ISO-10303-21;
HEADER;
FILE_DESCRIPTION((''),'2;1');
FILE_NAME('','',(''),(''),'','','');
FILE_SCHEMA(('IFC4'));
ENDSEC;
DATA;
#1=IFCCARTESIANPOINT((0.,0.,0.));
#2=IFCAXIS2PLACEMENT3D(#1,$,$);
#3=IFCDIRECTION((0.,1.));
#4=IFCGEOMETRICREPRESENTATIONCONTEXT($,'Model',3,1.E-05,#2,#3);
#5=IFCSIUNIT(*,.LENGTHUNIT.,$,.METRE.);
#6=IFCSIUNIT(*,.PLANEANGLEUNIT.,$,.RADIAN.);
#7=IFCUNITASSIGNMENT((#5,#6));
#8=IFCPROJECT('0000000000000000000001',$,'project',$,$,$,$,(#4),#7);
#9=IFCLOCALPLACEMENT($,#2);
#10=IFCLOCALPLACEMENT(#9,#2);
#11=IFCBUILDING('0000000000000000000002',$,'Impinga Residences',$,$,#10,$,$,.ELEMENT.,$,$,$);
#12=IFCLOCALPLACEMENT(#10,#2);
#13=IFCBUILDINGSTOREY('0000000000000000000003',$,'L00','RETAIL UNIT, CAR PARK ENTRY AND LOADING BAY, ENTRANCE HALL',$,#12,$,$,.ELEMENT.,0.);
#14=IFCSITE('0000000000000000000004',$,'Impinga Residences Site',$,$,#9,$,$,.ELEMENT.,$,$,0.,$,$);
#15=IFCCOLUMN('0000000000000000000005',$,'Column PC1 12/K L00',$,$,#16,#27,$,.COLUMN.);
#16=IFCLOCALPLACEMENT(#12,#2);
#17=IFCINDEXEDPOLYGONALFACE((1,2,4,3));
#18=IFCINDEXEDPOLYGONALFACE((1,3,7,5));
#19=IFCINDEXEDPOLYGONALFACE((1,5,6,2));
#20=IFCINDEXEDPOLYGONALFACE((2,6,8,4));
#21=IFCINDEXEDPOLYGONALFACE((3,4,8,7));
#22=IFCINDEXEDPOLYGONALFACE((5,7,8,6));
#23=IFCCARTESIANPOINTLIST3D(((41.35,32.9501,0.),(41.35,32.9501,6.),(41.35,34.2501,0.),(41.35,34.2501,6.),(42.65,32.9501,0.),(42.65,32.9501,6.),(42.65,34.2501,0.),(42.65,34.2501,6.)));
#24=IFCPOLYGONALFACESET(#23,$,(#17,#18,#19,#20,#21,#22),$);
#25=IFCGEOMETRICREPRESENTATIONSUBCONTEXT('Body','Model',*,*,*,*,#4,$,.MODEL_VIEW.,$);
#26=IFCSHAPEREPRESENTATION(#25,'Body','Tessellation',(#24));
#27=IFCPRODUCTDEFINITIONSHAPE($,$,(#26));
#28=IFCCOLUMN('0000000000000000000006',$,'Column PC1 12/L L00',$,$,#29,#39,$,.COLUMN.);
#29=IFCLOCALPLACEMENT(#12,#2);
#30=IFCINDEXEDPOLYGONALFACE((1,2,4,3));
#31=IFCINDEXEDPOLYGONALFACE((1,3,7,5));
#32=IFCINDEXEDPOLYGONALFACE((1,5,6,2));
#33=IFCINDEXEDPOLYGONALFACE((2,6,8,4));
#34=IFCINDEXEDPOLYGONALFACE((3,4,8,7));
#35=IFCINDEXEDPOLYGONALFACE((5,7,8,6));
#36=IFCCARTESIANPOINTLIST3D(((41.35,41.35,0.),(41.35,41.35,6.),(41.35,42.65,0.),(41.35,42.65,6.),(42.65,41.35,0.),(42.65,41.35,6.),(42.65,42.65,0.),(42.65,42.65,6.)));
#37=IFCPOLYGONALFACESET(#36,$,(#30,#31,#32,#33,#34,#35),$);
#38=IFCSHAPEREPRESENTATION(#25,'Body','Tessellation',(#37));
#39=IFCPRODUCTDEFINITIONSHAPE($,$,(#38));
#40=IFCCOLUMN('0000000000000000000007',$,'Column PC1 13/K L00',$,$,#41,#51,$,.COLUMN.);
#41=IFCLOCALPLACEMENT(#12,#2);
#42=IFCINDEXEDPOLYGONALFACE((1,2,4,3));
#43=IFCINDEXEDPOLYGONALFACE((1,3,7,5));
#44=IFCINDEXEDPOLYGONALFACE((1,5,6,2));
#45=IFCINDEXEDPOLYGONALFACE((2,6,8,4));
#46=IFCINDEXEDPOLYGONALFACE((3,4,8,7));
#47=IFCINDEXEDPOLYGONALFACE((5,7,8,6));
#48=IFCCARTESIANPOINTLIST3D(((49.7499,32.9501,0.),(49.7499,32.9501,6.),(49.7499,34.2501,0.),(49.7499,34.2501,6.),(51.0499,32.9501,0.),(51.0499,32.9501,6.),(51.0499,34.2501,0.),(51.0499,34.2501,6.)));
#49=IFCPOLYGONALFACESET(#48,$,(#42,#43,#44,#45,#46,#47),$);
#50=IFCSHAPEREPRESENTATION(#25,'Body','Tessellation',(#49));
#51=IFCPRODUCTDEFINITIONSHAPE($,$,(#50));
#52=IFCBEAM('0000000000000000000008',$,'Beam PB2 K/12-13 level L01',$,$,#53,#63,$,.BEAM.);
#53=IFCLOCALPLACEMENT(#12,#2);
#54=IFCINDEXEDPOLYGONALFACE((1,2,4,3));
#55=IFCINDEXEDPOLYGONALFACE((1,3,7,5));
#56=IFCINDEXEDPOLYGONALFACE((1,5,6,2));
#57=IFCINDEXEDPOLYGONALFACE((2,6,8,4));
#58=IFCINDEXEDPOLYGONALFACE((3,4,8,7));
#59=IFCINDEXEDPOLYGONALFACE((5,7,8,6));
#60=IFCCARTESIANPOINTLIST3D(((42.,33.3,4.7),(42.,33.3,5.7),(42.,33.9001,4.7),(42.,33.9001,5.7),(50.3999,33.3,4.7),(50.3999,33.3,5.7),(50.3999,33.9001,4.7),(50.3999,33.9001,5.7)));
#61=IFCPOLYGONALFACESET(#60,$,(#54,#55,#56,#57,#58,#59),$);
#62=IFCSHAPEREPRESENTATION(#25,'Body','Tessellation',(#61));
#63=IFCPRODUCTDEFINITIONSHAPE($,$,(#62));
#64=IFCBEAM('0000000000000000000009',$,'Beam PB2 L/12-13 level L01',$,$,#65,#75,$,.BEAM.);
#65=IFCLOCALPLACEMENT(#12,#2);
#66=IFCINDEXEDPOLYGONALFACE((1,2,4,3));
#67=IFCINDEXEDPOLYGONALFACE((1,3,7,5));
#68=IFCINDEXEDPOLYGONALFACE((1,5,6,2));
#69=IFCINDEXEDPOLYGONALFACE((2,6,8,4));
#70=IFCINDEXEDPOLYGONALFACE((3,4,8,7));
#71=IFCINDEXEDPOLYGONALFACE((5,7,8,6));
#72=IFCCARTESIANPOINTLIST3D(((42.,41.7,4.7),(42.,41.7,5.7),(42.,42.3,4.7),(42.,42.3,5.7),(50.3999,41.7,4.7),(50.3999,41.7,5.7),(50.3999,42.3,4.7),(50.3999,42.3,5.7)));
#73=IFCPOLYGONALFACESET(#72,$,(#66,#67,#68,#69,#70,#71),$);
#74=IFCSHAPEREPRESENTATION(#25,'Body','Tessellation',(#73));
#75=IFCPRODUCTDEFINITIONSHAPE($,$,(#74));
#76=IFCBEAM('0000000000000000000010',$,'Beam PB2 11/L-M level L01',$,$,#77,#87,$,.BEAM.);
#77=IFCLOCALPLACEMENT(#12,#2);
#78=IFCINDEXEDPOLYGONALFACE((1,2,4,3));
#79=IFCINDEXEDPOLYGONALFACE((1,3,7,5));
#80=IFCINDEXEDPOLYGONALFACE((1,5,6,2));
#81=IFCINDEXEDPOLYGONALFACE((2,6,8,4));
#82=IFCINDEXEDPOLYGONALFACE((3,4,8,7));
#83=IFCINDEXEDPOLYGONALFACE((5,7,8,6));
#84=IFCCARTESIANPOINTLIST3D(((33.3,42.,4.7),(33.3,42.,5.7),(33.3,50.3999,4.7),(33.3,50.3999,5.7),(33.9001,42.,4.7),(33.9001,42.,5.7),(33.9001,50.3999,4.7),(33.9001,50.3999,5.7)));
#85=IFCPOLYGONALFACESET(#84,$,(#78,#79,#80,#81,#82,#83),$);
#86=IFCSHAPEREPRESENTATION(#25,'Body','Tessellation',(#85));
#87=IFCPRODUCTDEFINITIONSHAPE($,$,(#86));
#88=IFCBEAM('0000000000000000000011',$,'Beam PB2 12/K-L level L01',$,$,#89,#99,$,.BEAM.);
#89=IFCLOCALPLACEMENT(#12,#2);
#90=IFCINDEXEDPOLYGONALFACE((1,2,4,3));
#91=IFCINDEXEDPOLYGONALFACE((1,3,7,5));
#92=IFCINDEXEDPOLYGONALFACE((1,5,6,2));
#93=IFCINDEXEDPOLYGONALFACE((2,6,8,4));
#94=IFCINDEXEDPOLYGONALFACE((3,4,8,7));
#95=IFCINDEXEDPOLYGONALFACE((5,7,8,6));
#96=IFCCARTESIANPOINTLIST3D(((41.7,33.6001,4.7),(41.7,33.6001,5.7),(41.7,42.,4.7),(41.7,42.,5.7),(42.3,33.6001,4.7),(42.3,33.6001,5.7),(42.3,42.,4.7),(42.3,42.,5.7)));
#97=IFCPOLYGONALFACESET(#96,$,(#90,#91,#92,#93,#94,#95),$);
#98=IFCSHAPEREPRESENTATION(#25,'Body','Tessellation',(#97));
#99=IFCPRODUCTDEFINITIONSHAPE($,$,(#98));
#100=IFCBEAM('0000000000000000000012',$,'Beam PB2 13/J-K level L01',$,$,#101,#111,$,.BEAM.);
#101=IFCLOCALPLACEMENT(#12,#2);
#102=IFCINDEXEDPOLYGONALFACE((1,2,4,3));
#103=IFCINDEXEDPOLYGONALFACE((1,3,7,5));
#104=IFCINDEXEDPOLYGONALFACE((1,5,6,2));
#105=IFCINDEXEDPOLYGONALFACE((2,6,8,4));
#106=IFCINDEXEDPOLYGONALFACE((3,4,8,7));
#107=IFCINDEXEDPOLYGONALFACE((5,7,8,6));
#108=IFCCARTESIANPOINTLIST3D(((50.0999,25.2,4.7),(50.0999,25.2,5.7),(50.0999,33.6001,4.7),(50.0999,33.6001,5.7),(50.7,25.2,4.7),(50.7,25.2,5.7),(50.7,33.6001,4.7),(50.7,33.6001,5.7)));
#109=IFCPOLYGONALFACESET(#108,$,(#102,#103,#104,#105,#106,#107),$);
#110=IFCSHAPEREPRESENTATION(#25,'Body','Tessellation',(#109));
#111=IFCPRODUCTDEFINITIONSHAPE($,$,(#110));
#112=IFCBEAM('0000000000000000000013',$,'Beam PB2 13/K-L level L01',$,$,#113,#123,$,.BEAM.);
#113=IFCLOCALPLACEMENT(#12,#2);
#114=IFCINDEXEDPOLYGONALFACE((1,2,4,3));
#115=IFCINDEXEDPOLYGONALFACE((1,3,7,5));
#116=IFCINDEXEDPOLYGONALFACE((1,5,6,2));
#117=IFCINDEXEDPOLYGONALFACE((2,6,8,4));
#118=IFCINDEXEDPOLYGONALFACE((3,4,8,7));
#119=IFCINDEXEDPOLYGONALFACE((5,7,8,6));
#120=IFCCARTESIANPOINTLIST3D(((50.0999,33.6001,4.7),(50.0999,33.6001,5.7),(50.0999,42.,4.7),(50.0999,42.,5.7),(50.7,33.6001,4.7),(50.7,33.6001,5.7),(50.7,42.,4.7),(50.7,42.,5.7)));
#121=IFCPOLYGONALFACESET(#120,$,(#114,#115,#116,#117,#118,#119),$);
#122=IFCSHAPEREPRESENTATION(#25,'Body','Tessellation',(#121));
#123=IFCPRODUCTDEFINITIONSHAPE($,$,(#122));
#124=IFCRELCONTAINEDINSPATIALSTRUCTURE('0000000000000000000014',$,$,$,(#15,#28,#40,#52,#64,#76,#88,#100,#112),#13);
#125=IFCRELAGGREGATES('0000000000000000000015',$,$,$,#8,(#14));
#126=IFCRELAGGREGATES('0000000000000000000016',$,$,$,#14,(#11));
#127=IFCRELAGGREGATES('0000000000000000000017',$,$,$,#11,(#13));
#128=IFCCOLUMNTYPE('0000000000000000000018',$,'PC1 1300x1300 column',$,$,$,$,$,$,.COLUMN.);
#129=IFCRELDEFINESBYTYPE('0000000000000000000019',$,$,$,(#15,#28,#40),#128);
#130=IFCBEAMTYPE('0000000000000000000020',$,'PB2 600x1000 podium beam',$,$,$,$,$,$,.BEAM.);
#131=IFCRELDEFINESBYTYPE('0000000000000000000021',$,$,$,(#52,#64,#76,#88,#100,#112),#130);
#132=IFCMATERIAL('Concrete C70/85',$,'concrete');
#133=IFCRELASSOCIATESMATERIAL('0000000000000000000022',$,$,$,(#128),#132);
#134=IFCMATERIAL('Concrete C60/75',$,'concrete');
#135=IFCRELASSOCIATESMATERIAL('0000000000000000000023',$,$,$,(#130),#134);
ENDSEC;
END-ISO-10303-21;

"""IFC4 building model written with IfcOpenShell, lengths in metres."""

from ifc_helpers import new_model, si_unit, direction, frame, origin, origin_2d, place, context, subcontext, project, spatial, rectangle, extrude, material, material_profile, profile_set, type_object, element, save


model = new_model("IFC4")

# Units and contexts
model_context = context("Model", 3, precision=1e-05, world=origin(), true_north=direction((0.0, 1.0)))
body_context = subcontext(model_context, "Body", "Model", "MODEL_VIEW")
ifc_project = project(units=[si_unit("LENGTHUNIT", "METRE"), si_unit("PLANEANGLEUNIT", "RADIAN")], contexts=[model_context])

# Site, building, storey
site_placement = place(None, origin())
site = spatial("IfcSite", under=ifc_project, at=site_placement, Name="Impinga Residences Site", CompositionType="ELEMENT", RefElevation=0.0)
building_placement = place(site_placement, origin())
building = spatial("IfcBuilding", under=site, at=building_placement, Name="Impinga Residences", CompositionType="ELEMENT")
storey_placement = place(building_placement, origin())
storey = spatial("IfcBuildingStorey", under=building, at=storey_placement, Name="L00", Description="RETAIL UNIT, CAR PARK ENTRY AND LOADING BAY, ENTRANCE HALL", CompositionType="ELEMENT", Elevation=0.0)

# Columns
ifc_material_1 = material(Name="Concrete C70/85", Category="concrete")
ifc_material_profile_1 = material_profile(ifc_material_1, rectangle(XDim=1.3, YDim=1.3, at=origin_2d()), Name="RC 1300x1300")
ifc_profile_set_1 = profile_set([ifc_material_profile_1], Name="Concrete C70/85")
column_type = type_object("IfcColumnType", Name="PC1 1300x1300 column", PredefinedType="COLUMN", material=ifc_profile_set_1)
for number, where, z_axis, x_axis, name in (
    (1, (42.0, 33.6001, 0.0), (0.0, 0.0, 1.0), (1.0, 0.0, 0.0), "Column PC1 12/K L00"),
    (2, (42.0, 42.0, 0.0), (0.0, 0.0, 1.0), (1.0, 0.0, 0.0), "Column PC1 12/L L00"),
    (3, (50.3999, 33.6001, 0.0), (0.0, 0.0, 1.0), (1.0, 0.0, 0.0), "Column PC1 13/K L00"),
):
    element("IfcColumn", number, at=place(storey_placement, frame(where, z_axis=z_axis, x_axis=x_axis)), inside=storey, type_object=column_type, Name=name, PredefinedType="COLUMN", context=body_context, shape_type="SweptSolid", body=[
        extrude(rectangle(XDim=1.3, YDim=1.3, at=origin_2d()), origin(), (0.0, 0.0, 1.0), 6.0),
    ])

# Beams
ifc_material_2 = material(Name="Concrete C60/75", Category="concrete")
ifc_material_profile_2 = material_profile(ifc_material_2, rectangle(XDim=0.6001, YDim=1.0, at=origin_2d()), Name="RC 600x1000")
ifc_profile_set_2 = profile_set([ifc_material_profile_2], Name="Concrete C60/75")
beam_type = type_object("IfcBeamType", Name="PB2 600x1000 podium beam", PredefinedType="BEAM", material=ifc_profile_set_2)
for number, where, z_axis, x_axis, name in (
    (4, (42.0, 33.6001, 5.2), (1.0, 0.0, 0.0), (0.0, 1.0, 0.0), "Beam PB2 K/12-13 level L01"),
    (5, (42.0, 42.0, 5.2), (1.0, 0.0, 0.0), (0.0, 1.0, 0.0), "Beam PB2 L/12-13 level L01"),
    (6, (33.6001, 42.0, 5.2), (0.0, 1.0, 0.0), (-1.0, 0.0, 0.0), "Beam PB2 11/L-M level L01"),
    (7, (42.0, 33.6001, 5.2), (0.0, 1.0, 0.0), (-1.0, 0.0, 0.0), "Beam PB2 12/K-L level L01"),
):
    element("IfcBeam", number, at=place(storey_placement, frame(where, z_axis=z_axis, x_axis=x_axis)), inside=storey, type_object=beam_type, Name=name, PredefinedType="BEAM", context=body_context, shape_type="SweptSolid", body=[
        extrude(rectangle(XDim=0.6001, YDim=1.0, at=origin_2d()), origin(), (0.0, 0.0, 1.0), 8.3999),
    ])
beam_1_placement = place(storey_placement, frame((50.3999, 25.2, 5.2), z_axis=(0.0, 1.0, 0.0), x_axis=(-1.0, 0.0, 0.0)))
element("IfcBeam", 8, at=beam_1_placement, inside=storey, type_object=beam_type, Name="Beam PB2 13/J-K level L01", PredefinedType="BEAM", context=body_context, shape_type="SweptSolid", body=[
    extrude(rectangle(XDim=0.6001, YDim=1.0, at=origin_2d()), origin(), (0.0, 0.0, 1.0), 8.4001),
])
beam_2_placement = place(storey_placement, frame((50.3999, 33.6001, 5.2), z_axis=(0.0, 1.0, 0.0), x_axis=(-1.0, 0.0, 0.0)))
element("IfcBeam", 9, at=beam_2_placement, inside=storey, type_object=beam_type, Name="Beam PB2 13/K-L level L01", PredefinedType="BEAM", context=body_context, shape_type="SweptSolid", body=[
    extrude(rectangle(XDim=0.6001, YDim=1.0, at=origin_2d()), origin(), (0.0, 0.0, 1.0), 8.3999),
])

save(model, "model.ifc")
